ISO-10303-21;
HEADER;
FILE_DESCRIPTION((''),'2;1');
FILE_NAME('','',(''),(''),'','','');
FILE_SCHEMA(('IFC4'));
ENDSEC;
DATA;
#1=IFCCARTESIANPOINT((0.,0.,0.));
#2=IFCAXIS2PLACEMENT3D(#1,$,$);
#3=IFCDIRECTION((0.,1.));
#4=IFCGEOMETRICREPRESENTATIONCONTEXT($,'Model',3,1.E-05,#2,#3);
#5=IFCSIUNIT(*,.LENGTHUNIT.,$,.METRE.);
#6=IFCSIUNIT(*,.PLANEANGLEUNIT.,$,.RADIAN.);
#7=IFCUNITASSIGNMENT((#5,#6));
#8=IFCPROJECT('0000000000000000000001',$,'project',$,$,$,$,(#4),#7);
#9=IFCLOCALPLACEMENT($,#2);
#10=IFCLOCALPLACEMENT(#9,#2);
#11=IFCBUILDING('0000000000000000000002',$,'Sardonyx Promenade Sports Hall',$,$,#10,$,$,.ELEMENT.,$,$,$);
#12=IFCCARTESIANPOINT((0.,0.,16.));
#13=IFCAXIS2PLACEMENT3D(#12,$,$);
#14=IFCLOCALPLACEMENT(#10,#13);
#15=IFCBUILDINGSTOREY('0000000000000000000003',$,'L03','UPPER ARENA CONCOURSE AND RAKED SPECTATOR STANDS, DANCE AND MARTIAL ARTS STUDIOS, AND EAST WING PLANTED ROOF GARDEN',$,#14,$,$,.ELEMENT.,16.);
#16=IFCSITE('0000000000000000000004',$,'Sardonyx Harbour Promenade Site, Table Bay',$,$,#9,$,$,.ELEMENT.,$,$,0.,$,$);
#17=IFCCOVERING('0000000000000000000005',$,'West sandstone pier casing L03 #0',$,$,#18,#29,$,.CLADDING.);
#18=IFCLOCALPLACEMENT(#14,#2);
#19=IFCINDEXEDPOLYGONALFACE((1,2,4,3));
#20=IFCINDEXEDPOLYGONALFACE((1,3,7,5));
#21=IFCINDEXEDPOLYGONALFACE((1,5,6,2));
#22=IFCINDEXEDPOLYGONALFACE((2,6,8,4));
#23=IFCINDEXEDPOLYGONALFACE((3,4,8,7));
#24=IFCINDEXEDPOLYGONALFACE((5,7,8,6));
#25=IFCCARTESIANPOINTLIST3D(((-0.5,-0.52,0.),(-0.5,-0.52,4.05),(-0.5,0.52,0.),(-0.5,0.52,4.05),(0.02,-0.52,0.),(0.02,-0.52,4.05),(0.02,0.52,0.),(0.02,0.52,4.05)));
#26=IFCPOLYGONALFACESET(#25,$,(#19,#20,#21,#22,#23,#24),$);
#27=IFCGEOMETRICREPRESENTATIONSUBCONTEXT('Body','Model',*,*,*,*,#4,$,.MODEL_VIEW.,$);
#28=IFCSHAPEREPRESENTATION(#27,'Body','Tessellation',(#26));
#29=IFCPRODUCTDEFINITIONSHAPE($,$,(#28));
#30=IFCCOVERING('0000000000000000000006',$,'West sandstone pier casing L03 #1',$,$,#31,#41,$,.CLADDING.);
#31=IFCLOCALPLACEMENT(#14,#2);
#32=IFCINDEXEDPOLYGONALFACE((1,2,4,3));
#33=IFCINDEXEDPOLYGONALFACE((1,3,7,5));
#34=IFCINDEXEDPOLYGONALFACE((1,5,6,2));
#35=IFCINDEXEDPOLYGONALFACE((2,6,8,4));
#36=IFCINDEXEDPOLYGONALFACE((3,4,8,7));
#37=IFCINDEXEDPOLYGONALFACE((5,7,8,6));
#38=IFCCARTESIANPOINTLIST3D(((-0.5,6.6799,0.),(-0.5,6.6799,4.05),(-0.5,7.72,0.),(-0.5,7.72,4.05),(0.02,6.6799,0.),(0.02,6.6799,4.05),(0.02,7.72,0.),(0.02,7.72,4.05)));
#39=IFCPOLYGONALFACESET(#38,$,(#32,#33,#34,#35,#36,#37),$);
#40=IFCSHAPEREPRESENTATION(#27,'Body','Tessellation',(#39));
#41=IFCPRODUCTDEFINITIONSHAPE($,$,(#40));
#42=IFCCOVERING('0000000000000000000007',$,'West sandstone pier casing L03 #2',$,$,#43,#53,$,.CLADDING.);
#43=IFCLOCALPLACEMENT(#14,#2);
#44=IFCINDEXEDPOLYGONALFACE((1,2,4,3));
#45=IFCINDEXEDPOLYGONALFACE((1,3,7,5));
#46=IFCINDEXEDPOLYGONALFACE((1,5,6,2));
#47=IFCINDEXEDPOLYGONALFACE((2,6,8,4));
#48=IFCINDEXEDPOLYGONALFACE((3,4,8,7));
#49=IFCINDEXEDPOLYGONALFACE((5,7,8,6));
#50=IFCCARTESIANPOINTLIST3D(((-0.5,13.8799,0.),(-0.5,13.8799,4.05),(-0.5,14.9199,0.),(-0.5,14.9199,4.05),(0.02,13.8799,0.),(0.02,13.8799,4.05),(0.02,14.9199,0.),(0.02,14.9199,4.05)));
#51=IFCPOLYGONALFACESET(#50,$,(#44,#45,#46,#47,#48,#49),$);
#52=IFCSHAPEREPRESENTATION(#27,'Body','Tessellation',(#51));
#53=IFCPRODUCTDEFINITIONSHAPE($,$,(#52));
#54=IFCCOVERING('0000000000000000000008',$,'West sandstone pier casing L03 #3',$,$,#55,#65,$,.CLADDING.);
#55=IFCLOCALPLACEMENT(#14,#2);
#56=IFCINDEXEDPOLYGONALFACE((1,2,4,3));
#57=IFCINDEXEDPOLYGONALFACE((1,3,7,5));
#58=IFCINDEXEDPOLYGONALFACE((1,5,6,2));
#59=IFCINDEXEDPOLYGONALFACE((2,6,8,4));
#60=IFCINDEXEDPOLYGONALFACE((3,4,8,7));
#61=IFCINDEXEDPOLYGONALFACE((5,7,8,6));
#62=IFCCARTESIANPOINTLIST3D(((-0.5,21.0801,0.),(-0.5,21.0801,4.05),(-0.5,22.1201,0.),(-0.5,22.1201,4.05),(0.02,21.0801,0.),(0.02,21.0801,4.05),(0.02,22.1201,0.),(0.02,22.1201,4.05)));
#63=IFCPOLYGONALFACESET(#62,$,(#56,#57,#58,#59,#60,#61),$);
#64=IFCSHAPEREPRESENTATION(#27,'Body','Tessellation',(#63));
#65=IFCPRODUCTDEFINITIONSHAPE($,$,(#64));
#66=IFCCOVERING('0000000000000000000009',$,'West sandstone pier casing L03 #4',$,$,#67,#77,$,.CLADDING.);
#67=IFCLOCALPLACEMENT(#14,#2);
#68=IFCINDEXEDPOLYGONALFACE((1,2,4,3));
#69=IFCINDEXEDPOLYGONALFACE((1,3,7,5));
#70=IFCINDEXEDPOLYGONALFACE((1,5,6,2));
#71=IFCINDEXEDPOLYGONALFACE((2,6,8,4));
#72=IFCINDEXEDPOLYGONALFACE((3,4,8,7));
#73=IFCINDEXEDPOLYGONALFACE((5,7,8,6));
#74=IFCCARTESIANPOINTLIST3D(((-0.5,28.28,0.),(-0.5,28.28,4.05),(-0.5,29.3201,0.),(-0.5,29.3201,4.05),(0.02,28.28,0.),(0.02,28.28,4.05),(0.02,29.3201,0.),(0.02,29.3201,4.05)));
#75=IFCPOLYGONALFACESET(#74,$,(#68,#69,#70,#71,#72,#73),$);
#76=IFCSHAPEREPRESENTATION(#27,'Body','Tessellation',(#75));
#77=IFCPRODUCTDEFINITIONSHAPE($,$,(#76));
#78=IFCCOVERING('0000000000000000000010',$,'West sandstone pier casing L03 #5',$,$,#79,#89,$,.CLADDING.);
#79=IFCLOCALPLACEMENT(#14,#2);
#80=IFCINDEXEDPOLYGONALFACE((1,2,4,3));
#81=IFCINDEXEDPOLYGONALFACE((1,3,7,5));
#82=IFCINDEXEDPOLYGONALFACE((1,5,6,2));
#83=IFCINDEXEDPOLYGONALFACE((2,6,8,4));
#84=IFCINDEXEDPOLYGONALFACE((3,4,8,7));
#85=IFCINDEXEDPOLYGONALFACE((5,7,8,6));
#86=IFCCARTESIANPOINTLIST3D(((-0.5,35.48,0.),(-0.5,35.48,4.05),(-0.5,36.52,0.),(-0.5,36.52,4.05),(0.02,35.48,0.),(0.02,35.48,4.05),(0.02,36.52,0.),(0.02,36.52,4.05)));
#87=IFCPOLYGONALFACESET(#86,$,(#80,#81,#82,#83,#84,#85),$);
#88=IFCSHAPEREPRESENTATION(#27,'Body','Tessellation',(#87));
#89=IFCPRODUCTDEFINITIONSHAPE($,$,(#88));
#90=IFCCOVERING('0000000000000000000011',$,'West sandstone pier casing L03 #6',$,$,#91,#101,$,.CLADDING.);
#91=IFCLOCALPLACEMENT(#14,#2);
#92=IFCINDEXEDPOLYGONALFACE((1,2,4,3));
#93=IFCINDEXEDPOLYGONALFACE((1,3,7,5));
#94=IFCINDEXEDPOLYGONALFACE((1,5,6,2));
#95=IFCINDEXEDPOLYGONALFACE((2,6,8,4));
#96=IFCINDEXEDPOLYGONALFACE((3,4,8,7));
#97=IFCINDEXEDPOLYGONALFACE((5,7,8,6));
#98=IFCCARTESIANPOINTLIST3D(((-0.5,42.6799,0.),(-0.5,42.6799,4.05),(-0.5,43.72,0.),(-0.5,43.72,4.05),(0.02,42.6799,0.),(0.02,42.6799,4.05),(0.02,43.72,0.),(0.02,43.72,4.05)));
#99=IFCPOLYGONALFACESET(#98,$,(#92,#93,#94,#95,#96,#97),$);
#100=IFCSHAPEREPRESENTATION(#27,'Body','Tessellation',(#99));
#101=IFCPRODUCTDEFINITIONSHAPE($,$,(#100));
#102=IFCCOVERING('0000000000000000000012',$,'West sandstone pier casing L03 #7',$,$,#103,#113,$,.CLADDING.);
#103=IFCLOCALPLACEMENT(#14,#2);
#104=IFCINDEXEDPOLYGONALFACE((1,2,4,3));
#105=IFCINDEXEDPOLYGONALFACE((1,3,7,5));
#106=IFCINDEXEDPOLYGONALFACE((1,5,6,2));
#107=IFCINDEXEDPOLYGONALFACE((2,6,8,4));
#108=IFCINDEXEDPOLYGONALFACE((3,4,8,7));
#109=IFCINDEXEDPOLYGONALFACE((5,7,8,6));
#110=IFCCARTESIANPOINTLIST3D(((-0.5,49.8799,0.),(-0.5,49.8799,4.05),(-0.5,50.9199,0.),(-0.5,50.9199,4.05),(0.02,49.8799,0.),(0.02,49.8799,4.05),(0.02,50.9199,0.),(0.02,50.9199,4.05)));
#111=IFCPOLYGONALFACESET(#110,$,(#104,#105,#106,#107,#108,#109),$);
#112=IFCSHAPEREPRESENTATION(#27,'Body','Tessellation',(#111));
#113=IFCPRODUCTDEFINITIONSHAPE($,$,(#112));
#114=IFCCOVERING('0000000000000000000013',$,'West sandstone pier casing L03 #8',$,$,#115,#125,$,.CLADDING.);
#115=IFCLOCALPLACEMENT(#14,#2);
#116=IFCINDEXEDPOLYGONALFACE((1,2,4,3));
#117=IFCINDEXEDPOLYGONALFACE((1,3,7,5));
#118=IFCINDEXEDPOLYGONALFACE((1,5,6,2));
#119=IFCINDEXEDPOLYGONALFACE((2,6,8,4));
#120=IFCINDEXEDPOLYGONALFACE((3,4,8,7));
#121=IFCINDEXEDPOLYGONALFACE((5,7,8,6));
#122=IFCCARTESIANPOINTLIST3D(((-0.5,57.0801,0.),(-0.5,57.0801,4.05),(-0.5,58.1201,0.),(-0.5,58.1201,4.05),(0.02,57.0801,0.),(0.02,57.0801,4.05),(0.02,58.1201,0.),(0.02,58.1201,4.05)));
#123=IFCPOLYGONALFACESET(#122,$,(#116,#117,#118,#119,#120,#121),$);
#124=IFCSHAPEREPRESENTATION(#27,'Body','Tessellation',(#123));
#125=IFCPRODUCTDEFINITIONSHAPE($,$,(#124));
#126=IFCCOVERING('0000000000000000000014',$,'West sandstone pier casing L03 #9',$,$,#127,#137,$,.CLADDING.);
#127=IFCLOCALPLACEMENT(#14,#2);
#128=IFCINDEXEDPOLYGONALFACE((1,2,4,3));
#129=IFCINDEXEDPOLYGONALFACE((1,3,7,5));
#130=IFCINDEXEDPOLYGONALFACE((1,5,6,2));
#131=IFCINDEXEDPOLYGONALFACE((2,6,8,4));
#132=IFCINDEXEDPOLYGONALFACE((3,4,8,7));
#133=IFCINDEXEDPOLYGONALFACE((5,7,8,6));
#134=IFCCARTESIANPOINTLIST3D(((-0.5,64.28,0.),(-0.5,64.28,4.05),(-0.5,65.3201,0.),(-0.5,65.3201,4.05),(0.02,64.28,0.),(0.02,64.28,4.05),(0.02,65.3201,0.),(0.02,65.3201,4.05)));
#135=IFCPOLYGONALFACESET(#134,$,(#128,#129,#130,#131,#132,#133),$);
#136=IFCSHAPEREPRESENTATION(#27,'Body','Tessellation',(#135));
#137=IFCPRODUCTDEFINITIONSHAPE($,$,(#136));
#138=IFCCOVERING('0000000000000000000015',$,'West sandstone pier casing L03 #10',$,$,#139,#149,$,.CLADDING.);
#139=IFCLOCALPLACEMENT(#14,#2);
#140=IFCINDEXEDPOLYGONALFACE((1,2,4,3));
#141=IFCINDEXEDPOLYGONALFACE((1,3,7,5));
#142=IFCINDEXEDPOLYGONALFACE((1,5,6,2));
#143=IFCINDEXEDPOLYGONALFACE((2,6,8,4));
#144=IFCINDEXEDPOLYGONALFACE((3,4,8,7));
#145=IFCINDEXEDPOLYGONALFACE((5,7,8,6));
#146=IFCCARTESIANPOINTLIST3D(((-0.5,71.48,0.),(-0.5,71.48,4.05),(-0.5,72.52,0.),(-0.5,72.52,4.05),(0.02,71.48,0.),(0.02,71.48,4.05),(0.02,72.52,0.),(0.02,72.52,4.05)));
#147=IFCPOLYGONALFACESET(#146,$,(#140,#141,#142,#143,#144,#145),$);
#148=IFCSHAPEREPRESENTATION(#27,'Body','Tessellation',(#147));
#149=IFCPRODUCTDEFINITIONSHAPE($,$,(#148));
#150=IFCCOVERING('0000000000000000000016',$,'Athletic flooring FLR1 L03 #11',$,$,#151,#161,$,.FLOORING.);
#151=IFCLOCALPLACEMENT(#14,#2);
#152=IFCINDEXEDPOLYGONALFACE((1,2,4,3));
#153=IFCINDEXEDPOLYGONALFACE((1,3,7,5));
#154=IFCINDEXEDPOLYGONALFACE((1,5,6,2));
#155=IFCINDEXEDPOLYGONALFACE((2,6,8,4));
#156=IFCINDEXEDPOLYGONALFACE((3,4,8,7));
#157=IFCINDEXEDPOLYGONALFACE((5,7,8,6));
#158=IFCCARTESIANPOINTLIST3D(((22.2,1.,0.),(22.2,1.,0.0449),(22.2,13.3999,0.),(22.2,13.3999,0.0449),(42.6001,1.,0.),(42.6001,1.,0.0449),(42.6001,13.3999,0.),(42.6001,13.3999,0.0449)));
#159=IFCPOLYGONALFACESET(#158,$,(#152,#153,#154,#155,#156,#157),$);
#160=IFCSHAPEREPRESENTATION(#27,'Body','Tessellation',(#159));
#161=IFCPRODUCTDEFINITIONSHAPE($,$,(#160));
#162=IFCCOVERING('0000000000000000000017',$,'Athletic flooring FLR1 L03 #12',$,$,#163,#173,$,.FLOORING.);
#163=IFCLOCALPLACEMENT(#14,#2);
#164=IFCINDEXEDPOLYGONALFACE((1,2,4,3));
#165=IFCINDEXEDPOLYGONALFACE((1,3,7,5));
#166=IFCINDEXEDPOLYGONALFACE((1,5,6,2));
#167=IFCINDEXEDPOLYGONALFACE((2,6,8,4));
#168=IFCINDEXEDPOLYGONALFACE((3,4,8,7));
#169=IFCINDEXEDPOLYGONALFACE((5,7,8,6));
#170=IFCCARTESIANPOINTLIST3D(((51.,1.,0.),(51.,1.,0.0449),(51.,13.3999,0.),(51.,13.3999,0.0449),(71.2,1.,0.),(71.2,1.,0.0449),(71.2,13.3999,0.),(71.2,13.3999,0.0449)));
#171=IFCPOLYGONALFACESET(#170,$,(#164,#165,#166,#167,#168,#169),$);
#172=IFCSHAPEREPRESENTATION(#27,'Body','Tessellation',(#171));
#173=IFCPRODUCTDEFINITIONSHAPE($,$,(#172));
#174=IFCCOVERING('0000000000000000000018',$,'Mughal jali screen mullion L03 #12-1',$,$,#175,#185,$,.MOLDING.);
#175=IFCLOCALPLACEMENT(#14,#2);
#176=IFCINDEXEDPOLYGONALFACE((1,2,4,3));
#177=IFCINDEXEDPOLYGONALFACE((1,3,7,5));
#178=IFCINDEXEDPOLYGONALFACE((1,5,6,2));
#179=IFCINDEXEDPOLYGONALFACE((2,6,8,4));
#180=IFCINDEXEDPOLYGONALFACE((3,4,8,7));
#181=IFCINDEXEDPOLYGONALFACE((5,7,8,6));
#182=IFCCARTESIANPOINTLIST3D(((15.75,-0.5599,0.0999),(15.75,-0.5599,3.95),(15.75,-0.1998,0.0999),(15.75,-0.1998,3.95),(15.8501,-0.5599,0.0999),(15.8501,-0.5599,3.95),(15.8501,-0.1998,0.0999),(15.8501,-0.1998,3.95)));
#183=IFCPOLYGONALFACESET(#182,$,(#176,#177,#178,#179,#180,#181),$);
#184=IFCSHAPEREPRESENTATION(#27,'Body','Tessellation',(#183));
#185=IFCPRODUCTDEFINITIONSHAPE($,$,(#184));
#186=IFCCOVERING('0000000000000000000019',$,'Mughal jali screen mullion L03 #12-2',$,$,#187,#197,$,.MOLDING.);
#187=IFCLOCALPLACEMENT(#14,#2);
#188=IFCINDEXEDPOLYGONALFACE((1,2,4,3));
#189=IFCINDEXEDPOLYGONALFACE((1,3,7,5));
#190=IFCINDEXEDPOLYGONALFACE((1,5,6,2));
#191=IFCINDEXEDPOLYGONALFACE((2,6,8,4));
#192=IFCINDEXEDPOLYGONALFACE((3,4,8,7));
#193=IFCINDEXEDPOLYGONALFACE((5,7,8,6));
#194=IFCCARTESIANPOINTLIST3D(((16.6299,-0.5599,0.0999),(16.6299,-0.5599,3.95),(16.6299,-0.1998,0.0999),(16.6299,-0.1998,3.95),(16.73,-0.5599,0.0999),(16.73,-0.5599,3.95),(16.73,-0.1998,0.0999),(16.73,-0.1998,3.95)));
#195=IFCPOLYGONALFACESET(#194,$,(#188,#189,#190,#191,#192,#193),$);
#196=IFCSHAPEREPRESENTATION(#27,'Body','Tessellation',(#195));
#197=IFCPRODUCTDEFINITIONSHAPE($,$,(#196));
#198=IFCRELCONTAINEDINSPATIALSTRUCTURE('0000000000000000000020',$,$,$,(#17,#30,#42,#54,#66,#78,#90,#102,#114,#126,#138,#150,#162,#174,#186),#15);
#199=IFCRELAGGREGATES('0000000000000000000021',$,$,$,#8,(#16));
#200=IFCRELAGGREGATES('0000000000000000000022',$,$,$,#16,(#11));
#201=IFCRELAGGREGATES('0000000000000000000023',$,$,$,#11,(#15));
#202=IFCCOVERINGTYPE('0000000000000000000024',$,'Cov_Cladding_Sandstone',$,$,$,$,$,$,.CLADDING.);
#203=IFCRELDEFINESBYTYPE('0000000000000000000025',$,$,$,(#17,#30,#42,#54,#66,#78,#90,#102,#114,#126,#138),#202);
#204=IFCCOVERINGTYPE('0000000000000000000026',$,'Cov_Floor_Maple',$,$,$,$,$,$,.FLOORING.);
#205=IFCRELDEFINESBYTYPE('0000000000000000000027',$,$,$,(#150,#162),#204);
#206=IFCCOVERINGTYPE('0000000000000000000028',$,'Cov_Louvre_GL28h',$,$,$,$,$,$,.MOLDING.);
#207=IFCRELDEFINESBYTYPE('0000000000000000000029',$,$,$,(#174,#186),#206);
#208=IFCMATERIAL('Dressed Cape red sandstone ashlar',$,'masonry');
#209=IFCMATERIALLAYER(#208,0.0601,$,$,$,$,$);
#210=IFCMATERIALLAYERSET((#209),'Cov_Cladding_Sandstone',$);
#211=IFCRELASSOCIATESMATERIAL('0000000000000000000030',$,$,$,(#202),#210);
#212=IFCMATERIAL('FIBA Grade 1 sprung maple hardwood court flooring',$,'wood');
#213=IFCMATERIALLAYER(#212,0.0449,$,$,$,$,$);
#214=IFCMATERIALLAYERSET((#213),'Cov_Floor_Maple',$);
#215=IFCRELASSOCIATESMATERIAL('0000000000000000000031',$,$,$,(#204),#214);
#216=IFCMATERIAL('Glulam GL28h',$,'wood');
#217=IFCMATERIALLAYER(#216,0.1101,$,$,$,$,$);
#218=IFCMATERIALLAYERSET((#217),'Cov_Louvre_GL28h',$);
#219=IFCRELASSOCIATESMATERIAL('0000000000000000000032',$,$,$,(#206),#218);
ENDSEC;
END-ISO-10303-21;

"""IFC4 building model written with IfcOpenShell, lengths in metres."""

from ifc_helpers import new_model, si_unit, direction, frame, origin, origin_2d, place, context, subcontext, project, spatial, polyline, rectangle, outline, extrude, material, layer, layer_set, type_object, element, save


model = new_model("IFC4")

# Units and contexts
model_context = context("Model", 3, precision=1e-05, world=origin(), true_north=direction((0.0, 1.0)))
body_context = subcontext(model_context, "Body", "Model", "MODEL_VIEW")
ifc_project = project(units=[si_unit("LENGTHUNIT", "METRE"), si_unit("PLANEANGLEUNIT", "RADIAN")], contexts=[model_context])

# Site, building, storey
site_placement = place(None, origin())
site = spatial("IfcSite", under=ifc_project, at=site_placement, Name="Sardonyx Harbour Promenade Site, Table Bay", CompositionType="ELEMENT", RefElevation=0.0)
building_placement = place(site_placement, origin())
building = spatial("IfcBuilding", under=site, at=building_placement, Name="Sardonyx Promenade Sports Hall", CompositionType="ELEMENT")
storey_placement = place(building_placement, frame((0.0, 0.0, 16.0)))
storey = spatial("IfcBuildingStorey", under=building, at=storey_placement, Name="L03", Description="UPPER ARENA CONCOURSE AND RAKED SPECTATOR STANDS, DANCE AND MARTIAL ARTS STUDIOS, AND EAST WING PLANTED ROOF GARDEN", CompositionType="ELEMENT", Elevation=16.0)

# Coverings
ifc_material_1 = material(Name="Dressed Cape red sandstone ashlar", Category="masonry")
ifc_layer_1 = layer(ifc_material_1, 0.0601)
ifc_layer_set_1 = layer_set([ifc_layer_1], Name="Cov_Cladding_Sandstone")
covering_type_1 = type_object("IfcCoveringType", Name="Cov_Cladding_Sandstone", PredefinedType="CLADDING", material=ifc_layer_set_1)
covering_1_placement = place(storey_placement, origin())
element("IfcCovering", 1, at=covering_1_placement, inside=storey, type_object=covering_type_1, Name="West sandstone pier casing L03 #0", PredefinedType="CLADDING", context=body_context, shape_type="SweptSolid", body=[
    extrude(outline(polyline([(-0.5, -0.52), (0.02, -0.52), (0.02, 0.52), (-0.5, 0.52), (-0.5, -0.52)])), origin(), (0.0, 0.0, 1.0), 4.05),
])
covering_2_placement = place(storey_placement, origin())
element("IfcCovering", 2, at=covering_2_placement, inside=storey, type_object=covering_type_1, Name="West sandstone pier casing L03 #1", PredefinedType="CLADDING", context=body_context, shape_type="SweptSolid", body=[
    extrude(outline(polyline([(-0.5, 6.6799), (0.02, 6.6799), (0.02, 7.72), (-0.5, 7.72), (-0.5, 6.6799)])), origin(), (0.0, 0.0, 1.0), 4.05),
])
covering_3_placement = place(storey_placement, origin())
element("IfcCovering", 3, at=covering_3_placement, inside=storey, type_object=covering_type_1, Name="West sandstone pier casing L03 #2", PredefinedType="CLADDING", context=body_context, shape_type="SweptSolid", body=[
    extrude(outline(polyline([(-0.5, 13.8799), (0.02, 13.8799), (0.02, 14.9199), (-0.5, 14.9199), (-0.5, 13.8799)])), origin(), (0.0, 0.0, 1.0), 4.05),
])
covering_4_placement = place(storey_placement, origin())
element("IfcCovering", 4, at=covering_4_placement, inside=storey, type_object=covering_type_1, Name="West sandstone pier casing L03 #3", PredefinedType="CLADDING", context=body_context, shape_type="SweptSolid", body=[
    extrude(outline(polyline([(-0.5, 21.0801), (0.02, 21.0801), (0.02, 22.1201), (-0.5, 22.1201), (-0.5, 21.0801)])), origin(), (0.0, 0.0, 1.0), 4.05),
])
covering_5_placement = place(storey_placement, origin())
element("IfcCovering", 5, at=covering_5_placement, inside=storey, type_object=covering_type_1, Name="West sandstone pier casing L03 #4", PredefinedType="CLADDING", context=body_context, shape_type="SweptSolid", body=[
    extrude(outline(polyline([(-0.5, 28.28), (0.02, 28.28), (0.02, 29.3201), (-0.5, 29.3201), (-0.5, 28.28)])), origin(), (0.0, 0.0, 1.0), 4.05),
])
covering_6_placement = place(storey_placement, origin())
element("IfcCovering", 6, at=covering_6_placement, inside=storey, type_object=covering_type_1, Name="West sandstone pier casing L03 #5", PredefinedType="CLADDING", context=body_context, shape_type="SweptSolid", body=[
    extrude(outline(polyline([(-0.5, 35.48), (0.02, 35.48), (0.02, 36.52), (-0.5, 36.52), (-0.5, 35.48)])), origin(), (0.0, 0.0, 1.0), 4.05),
])
covering_7_placement = place(storey_placement, origin())
element("IfcCovering", 7, at=covering_7_placement, inside=storey, type_object=covering_type_1, Name="West sandstone pier casing L03 #6", PredefinedType="CLADDING", context=body_context, shape_type="SweptSolid", body=[
    extrude(outline(polyline([(-0.5, 42.6799), (0.02, 42.6799), (0.02, 43.72), (-0.5, 43.72), (-0.5, 42.6799)])), origin(), (0.0, 0.0, 1.0), 4.05),
])
covering_8_placement = place(storey_placement, origin())
element("IfcCovering", 8, at=covering_8_placement, inside=storey, type_object=covering_type_1, Name="West sandstone pier casing L03 #7", PredefinedType="CLADDING", context=body_context, shape_type="SweptSolid", body=[
    extrude(outline(polyline([(-0.5, 49.8799), (0.02, 49.8799), (0.02, 50.9199), (-0.5, 50.9199), (-0.5, 49.8799)])), origin(), (0.0, 0.0, 1.0), 4.05),
])
covering_9_placement = place(storey_placement, origin())
element("IfcCovering", 9, at=covering_9_placement, inside=storey, type_object=covering_type_1, Name="West sandstone pier casing L03 #8", PredefinedType="CLADDING", context=body_context, shape_type="SweptSolid", body=[
    extrude(outline(polyline([(-0.5, 57.0801), (0.02, 57.0801), (0.02, 58.1201), (-0.5, 58.1201), (-0.5, 57.0801)])), origin(), (0.0, 0.0, 1.0), 4.05),
])
covering_10_placement = place(storey_placement, origin())
element("IfcCovering", 10, at=covering_10_placement, inside=storey, type_object=covering_type_1, Name="West sandstone pier casing L03 #9", PredefinedType="CLADDING", context=body_context, shape_type="SweptSolid", body=[
    extrude(outline(polyline([(-0.5, 64.28), (0.02, 64.28), (0.02, 65.3201), (-0.5, 65.3201), (-0.5, 64.28)])), origin(), (0.0, 0.0, 1.0), 4.05),
])
covering_11_placement = place(storey_placement, origin())
element("IfcCovering", 11, at=covering_11_placement, inside=storey, type_object=covering_type_1, Name="West sandstone pier casing L03 #10", PredefinedType="CLADDING", context=body_context, shape_type="SweptSolid", body=[
    extrude(outline(polyline([(-0.5, 71.48), (0.02, 71.48), (0.02, 72.52), (-0.5, 72.52), (-0.5, 71.48)])), origin(), (0.0, 0.0, 1.0), 4.05),
])
ifc_material_2 = material(Name="FIBA Grade 1 sprung maple hardwood court flooring", Category="wood")
ifc_layer_2 = layer(ifc_material_2, 0.0449)
ifc_layer_set_2 = layer_set([ifc_layer_2], Name="Cov_Floor_Maple")
covering_type_2 = type_object("IfcCoveringType", Name="Cov_Floor_Maple", PredefinedType="FLOORING", material=ifc_layer_set_2)
covering_12_placement = place(storey_placement, origin())
element("IfcCovering", 12, at=covering_12_placement, inside=storey, type_object=covering_type_2, Name="Athletic flooring FLR1 L03 #11", PredefinedType="FLOORING", context=body_context, shape_type="SweptSolid", body=[
    extrude(outline(polyline([(22.2, 1.0), (42.6001, 1.0), (42.6001, 13.3999), (22.2, 13.3999), (22.2, 1.0)])), origin(), (0.0, 0.0, 1.0), 0.0449),
])
covering_13_placement = place(storey_placement, origin())
element("IfcCovering", 13, at=covering_13_placement, inside=storey, type_object=covering_type_2, Name="Athletic flooring FLR1 L03 #12", PredefinedType="FLOORING", context=body_context, shape_type="SweptSolid", body=[
    extrude(outline(polyline([(51.0, 1.0), (71.2, 1.0), (71.2, 13.3999), (51.0, 13.3999), (51.0, 1.0)])), origin(), (0.0, 0.0, 1.0), 0.0449),
])
ifc_material_3 = material(Name="Glulam GL28h", Category="wood")
ifc_layer_3 = layer(ifc_material_3, 0.1101)
ifc_layer_set_3 = layer_set([ifc_layer_3], Name="Cov_Louvre_GL28h")
covering_type_3 = type_object("IfcCoveringType", Name="Cov_Louvre_GL28h", PredefinedType="MOLDING", material=ifc_layer_set_3)
for number, where, z_axis, x_axis, name in (
    (14, (15.8, -0.3799, 0.0999), (0.0, 0.0, 1.0), (1.0, 0.0, 0.0), "Mughal jali screen mullion L03 #12-1"),
    (15, (16.6799, -0.3799, 0.0999), (0.0, 0.0, 1.0), (1.0, 0.0, 0.0), "Mughal jali screen mullion L03 #12-2"),
):
    element("IfcCovering", number, at=place(storey_placement, frame(where, z_axis=z_axis, x_axis=x_axis)), inside=storey, type_object=covering_type_3, Name=name, PredefinedType="MOLDING", context=body_context, shape_type="SweptSolid", body=[
        extrude(rectangle(XDim=0.1001, YDim=0.3601, at=origin_2d()), origin(), (0.0, 0.0, 1.0), 3.8501),
    ])

save(model, "model.ifc")
